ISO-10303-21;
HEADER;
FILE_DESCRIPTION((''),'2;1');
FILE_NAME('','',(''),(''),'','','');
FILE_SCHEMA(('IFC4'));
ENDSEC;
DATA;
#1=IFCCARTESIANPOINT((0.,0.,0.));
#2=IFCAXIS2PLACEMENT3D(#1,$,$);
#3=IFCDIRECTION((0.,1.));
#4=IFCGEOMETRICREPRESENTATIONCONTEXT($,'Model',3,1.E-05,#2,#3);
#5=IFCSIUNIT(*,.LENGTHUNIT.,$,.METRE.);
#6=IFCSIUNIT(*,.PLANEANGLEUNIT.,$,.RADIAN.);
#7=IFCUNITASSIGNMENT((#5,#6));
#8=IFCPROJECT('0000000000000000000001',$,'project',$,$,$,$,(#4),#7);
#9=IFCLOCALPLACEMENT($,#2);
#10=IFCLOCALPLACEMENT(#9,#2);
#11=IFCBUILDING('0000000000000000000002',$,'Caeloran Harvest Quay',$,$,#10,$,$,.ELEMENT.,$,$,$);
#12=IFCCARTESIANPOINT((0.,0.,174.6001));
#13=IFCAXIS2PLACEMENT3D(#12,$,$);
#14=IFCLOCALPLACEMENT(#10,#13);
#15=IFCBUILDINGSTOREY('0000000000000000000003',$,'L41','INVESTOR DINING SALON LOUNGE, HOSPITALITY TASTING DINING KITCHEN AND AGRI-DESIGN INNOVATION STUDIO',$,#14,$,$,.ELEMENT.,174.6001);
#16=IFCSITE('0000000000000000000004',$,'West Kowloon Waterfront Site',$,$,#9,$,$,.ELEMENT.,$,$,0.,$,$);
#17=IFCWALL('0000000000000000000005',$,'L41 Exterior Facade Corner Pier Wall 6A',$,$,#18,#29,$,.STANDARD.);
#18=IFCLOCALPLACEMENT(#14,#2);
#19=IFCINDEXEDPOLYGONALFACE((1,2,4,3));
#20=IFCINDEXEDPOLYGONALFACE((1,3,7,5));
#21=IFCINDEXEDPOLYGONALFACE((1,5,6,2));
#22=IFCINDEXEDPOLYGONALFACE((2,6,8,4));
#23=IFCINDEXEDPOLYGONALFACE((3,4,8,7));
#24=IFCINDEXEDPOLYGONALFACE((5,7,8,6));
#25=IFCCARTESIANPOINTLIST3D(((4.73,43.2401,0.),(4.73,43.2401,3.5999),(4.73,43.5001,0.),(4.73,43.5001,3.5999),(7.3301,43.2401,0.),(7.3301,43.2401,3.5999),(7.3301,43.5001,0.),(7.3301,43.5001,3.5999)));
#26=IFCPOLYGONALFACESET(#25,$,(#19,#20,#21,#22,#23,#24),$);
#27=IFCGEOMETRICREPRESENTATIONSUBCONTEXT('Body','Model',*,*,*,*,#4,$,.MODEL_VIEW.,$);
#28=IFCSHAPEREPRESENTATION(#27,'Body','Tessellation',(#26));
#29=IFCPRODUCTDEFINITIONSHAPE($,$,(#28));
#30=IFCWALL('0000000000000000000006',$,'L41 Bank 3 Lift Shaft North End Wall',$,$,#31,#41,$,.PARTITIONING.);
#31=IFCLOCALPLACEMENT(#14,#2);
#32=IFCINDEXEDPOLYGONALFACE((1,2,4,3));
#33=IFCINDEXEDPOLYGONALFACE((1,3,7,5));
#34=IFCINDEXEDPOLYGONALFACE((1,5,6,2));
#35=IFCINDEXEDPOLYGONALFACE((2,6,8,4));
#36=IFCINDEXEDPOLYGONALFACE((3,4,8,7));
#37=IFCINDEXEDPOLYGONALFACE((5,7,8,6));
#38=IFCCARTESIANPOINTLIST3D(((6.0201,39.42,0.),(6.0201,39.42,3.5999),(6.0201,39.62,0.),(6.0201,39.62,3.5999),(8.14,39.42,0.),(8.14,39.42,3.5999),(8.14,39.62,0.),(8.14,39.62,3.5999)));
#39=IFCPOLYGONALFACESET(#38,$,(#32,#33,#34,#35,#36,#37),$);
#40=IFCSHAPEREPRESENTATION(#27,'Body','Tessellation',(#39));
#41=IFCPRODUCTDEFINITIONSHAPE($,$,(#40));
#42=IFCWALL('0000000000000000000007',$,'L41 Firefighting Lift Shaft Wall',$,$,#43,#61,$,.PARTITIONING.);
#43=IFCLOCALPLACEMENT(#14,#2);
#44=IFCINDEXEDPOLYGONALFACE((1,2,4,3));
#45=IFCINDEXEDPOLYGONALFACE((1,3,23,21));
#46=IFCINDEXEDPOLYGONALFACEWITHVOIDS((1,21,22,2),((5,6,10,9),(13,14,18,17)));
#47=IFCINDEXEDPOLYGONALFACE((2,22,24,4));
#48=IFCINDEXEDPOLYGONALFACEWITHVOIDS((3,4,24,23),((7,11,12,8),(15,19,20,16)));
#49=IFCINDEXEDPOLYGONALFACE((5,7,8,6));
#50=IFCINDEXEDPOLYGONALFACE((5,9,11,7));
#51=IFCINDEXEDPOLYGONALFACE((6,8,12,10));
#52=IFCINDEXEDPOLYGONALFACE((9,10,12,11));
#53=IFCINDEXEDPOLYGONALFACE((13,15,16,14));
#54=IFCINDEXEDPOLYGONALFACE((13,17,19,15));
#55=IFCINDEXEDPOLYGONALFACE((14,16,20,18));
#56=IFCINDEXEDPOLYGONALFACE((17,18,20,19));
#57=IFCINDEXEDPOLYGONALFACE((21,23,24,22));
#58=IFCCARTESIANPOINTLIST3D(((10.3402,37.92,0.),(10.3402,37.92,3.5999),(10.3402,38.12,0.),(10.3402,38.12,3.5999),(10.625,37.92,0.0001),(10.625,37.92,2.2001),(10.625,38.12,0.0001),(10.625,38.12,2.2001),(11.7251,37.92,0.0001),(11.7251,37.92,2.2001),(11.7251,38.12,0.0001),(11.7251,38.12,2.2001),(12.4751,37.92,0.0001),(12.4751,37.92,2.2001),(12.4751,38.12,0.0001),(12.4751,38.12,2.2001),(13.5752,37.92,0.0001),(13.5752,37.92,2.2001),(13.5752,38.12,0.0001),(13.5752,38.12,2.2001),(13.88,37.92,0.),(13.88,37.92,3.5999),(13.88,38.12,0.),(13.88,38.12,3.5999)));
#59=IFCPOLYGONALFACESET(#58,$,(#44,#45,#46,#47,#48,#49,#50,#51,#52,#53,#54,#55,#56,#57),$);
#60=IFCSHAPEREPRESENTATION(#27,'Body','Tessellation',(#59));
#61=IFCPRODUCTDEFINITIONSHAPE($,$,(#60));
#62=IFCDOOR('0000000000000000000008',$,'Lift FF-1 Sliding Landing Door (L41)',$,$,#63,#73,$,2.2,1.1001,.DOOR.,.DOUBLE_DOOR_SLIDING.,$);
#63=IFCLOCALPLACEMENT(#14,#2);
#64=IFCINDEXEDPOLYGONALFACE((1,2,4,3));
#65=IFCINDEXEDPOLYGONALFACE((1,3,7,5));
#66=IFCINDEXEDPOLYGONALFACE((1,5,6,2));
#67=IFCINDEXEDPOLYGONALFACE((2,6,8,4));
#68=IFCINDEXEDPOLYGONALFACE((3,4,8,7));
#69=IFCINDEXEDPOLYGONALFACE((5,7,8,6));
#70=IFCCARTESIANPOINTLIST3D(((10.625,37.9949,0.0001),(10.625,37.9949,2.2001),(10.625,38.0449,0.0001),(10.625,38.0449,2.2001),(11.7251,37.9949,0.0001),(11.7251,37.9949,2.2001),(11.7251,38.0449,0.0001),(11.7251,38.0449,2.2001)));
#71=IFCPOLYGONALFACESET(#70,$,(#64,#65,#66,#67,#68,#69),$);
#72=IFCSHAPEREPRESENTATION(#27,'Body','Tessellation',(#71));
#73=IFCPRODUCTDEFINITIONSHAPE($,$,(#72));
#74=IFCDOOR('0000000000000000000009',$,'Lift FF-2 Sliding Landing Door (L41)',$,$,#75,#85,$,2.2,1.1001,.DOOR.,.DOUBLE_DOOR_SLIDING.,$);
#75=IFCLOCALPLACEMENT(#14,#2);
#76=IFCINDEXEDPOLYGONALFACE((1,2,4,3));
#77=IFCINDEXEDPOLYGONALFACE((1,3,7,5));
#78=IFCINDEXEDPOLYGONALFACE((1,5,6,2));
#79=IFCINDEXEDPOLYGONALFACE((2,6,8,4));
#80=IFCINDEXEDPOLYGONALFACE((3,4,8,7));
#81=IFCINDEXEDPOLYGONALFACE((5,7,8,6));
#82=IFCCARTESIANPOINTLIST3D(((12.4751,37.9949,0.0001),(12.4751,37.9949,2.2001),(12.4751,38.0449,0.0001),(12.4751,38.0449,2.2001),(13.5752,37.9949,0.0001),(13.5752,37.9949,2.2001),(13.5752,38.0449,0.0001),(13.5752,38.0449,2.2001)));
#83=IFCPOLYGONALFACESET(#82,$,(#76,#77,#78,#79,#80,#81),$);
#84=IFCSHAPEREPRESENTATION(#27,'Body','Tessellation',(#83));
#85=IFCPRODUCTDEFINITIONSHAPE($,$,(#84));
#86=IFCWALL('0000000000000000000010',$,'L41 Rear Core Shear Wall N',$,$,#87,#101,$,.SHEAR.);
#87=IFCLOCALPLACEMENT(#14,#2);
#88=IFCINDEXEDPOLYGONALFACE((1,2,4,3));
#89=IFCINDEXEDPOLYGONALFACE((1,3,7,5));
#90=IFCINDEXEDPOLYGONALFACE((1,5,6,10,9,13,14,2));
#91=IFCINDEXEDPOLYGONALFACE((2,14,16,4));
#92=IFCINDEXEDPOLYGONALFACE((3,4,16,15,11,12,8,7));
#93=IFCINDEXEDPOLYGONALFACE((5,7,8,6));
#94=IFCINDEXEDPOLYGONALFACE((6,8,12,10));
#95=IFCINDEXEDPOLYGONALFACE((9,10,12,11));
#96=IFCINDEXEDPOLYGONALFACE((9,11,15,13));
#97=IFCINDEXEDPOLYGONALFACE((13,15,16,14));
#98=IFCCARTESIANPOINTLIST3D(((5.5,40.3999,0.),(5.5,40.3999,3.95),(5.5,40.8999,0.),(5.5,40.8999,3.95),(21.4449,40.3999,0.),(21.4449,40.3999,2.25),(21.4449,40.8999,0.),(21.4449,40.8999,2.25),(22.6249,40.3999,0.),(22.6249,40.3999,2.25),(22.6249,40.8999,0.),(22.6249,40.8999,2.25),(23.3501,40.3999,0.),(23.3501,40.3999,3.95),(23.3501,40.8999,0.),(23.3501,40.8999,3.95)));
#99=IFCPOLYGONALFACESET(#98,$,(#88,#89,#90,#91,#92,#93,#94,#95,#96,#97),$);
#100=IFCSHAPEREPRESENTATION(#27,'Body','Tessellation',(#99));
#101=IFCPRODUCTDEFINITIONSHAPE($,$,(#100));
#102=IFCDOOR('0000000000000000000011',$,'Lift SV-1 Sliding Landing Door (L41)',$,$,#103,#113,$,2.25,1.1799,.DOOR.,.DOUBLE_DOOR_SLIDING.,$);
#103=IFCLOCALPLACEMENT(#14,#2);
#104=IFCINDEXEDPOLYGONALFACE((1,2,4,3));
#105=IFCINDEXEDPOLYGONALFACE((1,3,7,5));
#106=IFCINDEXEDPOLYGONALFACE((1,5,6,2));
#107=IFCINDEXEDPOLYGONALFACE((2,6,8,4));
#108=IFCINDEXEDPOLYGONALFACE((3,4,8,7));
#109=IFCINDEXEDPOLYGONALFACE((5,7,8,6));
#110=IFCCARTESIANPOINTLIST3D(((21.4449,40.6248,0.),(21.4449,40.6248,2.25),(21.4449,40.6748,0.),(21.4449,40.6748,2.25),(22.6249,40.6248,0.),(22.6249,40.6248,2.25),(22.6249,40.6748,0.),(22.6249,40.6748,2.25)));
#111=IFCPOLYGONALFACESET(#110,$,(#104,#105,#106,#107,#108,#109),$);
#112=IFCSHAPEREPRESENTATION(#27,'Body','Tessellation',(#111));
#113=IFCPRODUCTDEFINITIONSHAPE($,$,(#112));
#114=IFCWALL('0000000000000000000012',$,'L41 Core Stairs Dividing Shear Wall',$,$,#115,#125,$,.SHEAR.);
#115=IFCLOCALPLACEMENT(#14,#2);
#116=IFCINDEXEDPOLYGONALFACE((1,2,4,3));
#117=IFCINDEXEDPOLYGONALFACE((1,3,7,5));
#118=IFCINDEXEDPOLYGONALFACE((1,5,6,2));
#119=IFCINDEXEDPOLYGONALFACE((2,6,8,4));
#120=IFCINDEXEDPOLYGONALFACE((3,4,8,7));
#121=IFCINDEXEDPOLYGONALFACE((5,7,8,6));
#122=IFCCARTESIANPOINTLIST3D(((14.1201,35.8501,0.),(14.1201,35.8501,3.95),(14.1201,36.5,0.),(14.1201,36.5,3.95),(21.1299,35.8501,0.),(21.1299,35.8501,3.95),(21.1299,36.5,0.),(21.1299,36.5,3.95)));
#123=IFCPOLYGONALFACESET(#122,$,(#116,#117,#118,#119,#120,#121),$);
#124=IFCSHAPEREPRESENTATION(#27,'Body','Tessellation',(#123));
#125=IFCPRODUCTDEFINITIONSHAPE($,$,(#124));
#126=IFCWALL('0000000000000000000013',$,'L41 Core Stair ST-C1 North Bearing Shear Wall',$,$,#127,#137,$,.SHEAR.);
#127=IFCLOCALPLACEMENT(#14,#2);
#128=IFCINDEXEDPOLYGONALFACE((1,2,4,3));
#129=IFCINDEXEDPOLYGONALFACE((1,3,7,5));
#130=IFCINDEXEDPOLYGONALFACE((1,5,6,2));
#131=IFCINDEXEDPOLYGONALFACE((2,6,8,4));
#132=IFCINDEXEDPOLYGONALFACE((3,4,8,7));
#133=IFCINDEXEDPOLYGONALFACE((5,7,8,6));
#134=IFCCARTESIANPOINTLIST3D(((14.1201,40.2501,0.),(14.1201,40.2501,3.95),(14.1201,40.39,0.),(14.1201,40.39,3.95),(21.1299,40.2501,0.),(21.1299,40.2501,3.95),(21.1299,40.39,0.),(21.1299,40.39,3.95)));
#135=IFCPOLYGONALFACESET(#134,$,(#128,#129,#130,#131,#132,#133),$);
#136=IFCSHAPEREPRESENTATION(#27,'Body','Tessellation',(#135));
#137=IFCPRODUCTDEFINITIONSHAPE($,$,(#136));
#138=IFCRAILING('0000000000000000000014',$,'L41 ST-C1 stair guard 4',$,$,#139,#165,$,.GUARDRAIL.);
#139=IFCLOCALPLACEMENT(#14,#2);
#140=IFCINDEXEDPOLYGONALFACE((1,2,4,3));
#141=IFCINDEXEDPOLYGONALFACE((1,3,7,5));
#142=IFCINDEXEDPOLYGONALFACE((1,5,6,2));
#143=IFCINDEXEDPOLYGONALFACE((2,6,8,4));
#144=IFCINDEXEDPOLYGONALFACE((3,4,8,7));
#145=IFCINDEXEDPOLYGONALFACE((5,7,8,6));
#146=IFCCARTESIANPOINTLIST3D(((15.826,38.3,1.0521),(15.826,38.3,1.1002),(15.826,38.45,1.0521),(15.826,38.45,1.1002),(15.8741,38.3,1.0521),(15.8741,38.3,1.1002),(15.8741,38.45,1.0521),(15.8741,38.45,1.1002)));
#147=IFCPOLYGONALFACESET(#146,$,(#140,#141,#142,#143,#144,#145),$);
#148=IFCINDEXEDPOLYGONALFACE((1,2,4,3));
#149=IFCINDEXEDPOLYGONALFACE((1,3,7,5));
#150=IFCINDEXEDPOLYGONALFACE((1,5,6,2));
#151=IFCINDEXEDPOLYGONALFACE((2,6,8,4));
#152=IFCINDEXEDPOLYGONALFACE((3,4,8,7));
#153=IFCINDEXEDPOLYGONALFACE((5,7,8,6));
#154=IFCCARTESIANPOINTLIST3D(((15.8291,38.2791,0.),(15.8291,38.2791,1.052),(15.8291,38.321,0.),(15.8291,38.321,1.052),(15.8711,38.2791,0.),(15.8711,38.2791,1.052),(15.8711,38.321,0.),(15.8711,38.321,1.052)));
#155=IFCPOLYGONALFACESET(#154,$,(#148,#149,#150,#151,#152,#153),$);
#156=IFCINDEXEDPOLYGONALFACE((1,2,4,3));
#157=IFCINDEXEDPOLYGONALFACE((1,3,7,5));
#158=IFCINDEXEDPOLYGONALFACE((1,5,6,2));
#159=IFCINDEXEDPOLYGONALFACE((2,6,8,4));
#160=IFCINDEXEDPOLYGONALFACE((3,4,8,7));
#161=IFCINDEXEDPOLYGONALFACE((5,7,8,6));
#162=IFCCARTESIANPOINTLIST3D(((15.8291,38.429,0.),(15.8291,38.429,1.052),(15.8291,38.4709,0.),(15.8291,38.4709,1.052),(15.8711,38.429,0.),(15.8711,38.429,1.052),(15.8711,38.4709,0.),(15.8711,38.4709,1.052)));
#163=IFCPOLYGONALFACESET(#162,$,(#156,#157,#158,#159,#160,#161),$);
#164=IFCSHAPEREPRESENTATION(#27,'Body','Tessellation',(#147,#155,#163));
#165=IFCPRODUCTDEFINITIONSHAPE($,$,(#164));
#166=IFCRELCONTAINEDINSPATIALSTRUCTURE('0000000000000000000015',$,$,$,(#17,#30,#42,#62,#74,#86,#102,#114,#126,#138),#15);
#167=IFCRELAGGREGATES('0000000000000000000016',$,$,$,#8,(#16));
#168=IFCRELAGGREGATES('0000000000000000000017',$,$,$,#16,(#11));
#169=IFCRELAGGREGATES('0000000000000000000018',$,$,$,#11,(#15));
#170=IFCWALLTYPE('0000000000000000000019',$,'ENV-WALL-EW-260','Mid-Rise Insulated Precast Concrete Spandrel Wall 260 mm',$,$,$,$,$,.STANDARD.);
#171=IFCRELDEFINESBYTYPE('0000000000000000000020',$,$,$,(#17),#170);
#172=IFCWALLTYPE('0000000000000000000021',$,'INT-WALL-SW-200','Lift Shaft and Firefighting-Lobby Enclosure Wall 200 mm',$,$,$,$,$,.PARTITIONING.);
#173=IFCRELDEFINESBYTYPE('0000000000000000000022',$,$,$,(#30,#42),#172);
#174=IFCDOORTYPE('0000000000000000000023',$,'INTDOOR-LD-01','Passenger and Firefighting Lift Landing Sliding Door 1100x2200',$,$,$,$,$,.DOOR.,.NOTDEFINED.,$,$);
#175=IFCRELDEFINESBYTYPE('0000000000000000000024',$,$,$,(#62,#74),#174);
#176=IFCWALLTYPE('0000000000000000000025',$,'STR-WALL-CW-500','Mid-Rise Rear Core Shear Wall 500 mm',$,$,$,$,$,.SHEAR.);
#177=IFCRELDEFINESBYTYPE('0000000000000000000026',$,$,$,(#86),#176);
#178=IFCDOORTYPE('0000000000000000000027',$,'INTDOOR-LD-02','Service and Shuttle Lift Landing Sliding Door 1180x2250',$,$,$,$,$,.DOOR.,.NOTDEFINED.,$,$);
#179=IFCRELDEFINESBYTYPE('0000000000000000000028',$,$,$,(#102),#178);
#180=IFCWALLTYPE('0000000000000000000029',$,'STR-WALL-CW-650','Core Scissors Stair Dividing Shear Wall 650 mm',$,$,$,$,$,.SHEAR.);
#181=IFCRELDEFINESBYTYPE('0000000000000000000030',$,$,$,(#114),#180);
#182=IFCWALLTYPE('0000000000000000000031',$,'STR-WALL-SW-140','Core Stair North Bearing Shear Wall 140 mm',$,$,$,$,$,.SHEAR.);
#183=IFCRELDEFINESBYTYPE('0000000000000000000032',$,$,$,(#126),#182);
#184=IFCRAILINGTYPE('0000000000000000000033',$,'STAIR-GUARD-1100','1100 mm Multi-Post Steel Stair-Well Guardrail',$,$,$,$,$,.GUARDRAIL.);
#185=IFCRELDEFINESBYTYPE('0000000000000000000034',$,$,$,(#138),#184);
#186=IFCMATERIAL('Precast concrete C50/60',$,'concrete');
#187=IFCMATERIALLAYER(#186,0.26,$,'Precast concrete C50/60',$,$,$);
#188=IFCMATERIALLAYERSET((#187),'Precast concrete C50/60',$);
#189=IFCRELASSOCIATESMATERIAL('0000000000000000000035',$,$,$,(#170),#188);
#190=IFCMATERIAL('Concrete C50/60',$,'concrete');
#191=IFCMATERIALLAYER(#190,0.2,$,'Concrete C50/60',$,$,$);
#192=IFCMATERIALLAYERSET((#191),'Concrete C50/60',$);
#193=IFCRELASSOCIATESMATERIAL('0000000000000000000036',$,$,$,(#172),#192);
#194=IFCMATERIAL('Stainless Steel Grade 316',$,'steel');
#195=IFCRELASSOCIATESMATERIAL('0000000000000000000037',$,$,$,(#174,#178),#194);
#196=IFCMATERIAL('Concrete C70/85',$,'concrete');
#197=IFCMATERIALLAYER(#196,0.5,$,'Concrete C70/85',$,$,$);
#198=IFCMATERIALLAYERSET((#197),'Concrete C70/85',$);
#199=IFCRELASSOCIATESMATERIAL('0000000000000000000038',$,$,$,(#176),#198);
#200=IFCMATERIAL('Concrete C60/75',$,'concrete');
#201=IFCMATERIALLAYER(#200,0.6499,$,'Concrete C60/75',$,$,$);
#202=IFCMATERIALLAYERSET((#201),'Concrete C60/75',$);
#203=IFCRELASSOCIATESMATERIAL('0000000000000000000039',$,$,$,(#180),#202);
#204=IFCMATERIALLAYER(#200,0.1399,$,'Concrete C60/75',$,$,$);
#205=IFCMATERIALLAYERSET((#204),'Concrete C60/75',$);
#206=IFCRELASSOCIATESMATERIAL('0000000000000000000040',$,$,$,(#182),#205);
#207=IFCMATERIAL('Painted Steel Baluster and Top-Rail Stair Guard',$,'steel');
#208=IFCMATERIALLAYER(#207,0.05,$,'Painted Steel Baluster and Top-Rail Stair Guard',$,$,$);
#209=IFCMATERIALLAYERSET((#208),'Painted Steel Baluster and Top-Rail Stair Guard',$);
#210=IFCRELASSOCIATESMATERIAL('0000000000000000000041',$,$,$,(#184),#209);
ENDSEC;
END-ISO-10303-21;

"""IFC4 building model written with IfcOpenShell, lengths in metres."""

from ifc_helpers import new_model, si_unit, direction, frame, frame_2d, origin, origin_2d, place, context, subcontext, project, spatial, rectangle, extrude, material, layer, layer_set, type_object, element, fill, save


model = new_model("IFC4")

# Units and contexts
model_context = context("Model", 3, precision=1e-05, world=origin(), true_north=direction((0.0, 1.0)))
body_context = subcontext(model_context, "Body", "Model", "MODEL_VIEW")
ifc_project = project(units=[si_unit("LENGTHUNIT", "METRE"), si_unit("PLANEANGLEUNIT", "RADIAN")], contexts=[model_context])

# Site, building, storey
site_placement = place(None, origin())
site = spatial("IfcSite", under=ifc_project, at=site_placement, Name="West Kowloon Waterfront Site", CompositionType="ELEMENT", RefElevation=0.0)
building_placement = place(site_placement, origin())
building = spatial("IfcBuilding", under=site, at=building_placement, Name="Caeloran Harvest Quay", CompositionType="ELEMENT")
storey_placement = place(building_placement, frame((0.0, 0.0, 174.6001)))
storey = spatial("IfcBuildingStorey", under=building, at=storey_placement, Name="L41", Description="INVESTOR DINING SALON LOUNGE, HOSPITALITY TASTING DINING KITCHEN AND AGRI-DESIGN INNOVATION STUDIO", CompositionType="ELEMENT", Elevation=174.6001)

# Walls
ifc_material_1 = material(Name="Precast concrete C50/60", Category="concrete")
ifc_layer_1 = layer(ifc_material_1, 0.26, Name="Precast concrete C50/60")
ifc_layer_set_1 = layer_set([ifc_layer_1], Name="Precast concrete C50/60")
wall_type_1 = type_object("IfcWallType", Name="ENV-WALL-EW-260", Description="Mid-Rise Insulated Precast Concrete Spandrel Wall 260 mm", PredefinedType="STANDARD", material=ifc_layer_set_1)
wall_1_placement = place(storey_placement, frame((4.73, 43.3701, 0.0), z_axis=(0.0, 0.0, 1.0), x_axis=(1.0, 0.0, 0.0)))
element("IfcWall", 1, at=wall_1_placement, inside=storey, type_object=wall_type_1, Name="L41 Exterior Facade Corner Pier Wall 6A", PredefinedType="STANDARD", context=body_context, shape_type="SweptSolid", body=[
    extrude(rectangle(XDim=2.6001, YDim=0.26, at=frame_2d((1.3, 0.0))), origin(), (0.0, 0.0, 1.0), 3.5999),
])
ifc_material_2 = material(Name="Concrete C50/60", Category="concrete")
ifc_layer_2 = layer(ifc_material_2, 0.2, Name="Concrete C50/60")
ifc_layer_set_2 = layer_set([ifc_layer_2], Name="Concrete C50/60")
wall_type_2 = type_object("IfcWallType", Name="INT-WALL-SW-200", Description="Lift Shaft and Firefighting-Lobby Enclosure Wall 200 mm", PredefinedType="PARTITIONING", material=ifc_layer_set_2)
wall_2_placement = place(storey_placement, frame((6.02, 39.52, 0.0), z_axis=(0.0, 0.0, 1.0), x_axis=(1.0, 0.0, 0.0)))
element("IfcWall", 2, at=wall_2_placement, inside=storey, type_object=wall_type_2, Name="L41 Bank 3 Lift Shaft North End Wall", PredefinedType="PARTITIONING", context=body_context, shape_type="SweptSolid", body=[
    extrude(rectangle(XDim=2.1199, YDim=0.2, at=frame_2d((1.0601, 0.0))), origin(), (0.0, 0.0, 1.0), 3.5999),
])

# Wall, openings, doors
wall_3_placement = place(storey_placement, frame((10.3401, 38.02, 0.0), z_axis=(0.0, 0.0, 1.0), x_axis=(1.0, 0.0, 0.0)))
wall_3 = element("IfcWall", 3, at=wall_3_placement, inside=storey, type_object=wall_type_2, Name="L41 Firefighting Lift Shaft Wall", PredefinedType="PARTITIONING", context=body_context, shape_type="SweptSolid", body=[
    extrude(rectangle(XDim=3.5398, YDim=0.2, at=frame_2d((1.77, 0.0))), origin(), (0.0, 0.0, 1.0), 3.5999),
])
opening_1_placement = place(wall_3_placement, frame((0.2849, 0.0, 0.0)))
opening_1 = element("IfcOpeningElement", 4, at=opening_1_placement, cuts=wall_3, PredefinedType="OPENING", context=body_context, shape_type="SweptSolid", body=[
    extrude(rectangle(XDim=1.1001, YDim=2.2, at=frame_2d((0.55, 1.1001))), frame((0.0, 0.1099, 0.0), z_axis=(0.0, -1.0, 0.0), x_axis=(1.0, 0.0, 0.0)), (0.0, 0.0, 1.0), 0.22),
])
opening_2_placement = place(wall_3_placement, frame((2.135, 0.0, 0.0)))
opening_2 = element("IfcOpeningElement", 5, at=opening_2_placement, cuts=wall_3, PredefinedType="OPENING", context=body_context, shape_type="SweptSolid", body=[
    extrude(rectangle(XDim=1.1001, YDim=2.2, at=frame_2d((0.55, 1.1001))), frame((0.0, 0.1099, 0.0), z_axis=(0.0, -1.0, 0.0), x_axis=(1.0, 0.0, 0.0)), (0.0, 0.0, 1.0), 0.22),
])
ifc_material_3 = material(Name="Stainless Steel Grade 316", Category="steel")
door_type_1 = type_object("IfcDoorType", Name="INTDOOR-LD-01", Description="Passenger and Firefighting Lift Landing Sliding Door 1100x2200", OperationType="NOTDEFINED", PredefinedType="DOOR", material=ifc_material_3)
door_1_placement = place(opening_1_placement, origin())
door_1 = element("IfcDoor", 6, at=door_1_placement, inside=storey, type_object=door_type_1, Name="Lift FF-1 Sliding Landing Door (L41)", OperationType="DOUBLE_DOOR_SLIDING", OverallHeight=2.2, OverallWidth=1.1001, PredefinedType="DOOR", context=body_context, shape_type="SweptSolid", body=[
    extrude(rectangle(XDim=1.1001, YDim=2.2, at=frame_2d((0.55, 1.1001))), frame((0.0, 0.0249, 0.0), z_axis=(0.0, -1.0, 0.0), x_axis=(1.0, 0.0, 0.0)), (0.0, 0.0, 1.0), 0.05),
])
fill(opening_1, door_1)
door_2_placement = place(opening_2_placement, origin())
door_2 = element("IfcDoor", 7, at=door_2_placement, inside=storey, type_object=door_type_1, Name="Lift FF-2 Sliding Landing Door (L41)", OperationType="DOUBLE_DOOR_SLIDING", OverallHeight=2.2, OverallWidth=1.1001, PredefinedType="DOOR", context=body_context, shape_type="SweptSolid", body=[
    extrude(rectangle(XDim=1.1001, YDim=2.2, at=frame_2d((0.55, 1.1001))), frame((0.0, 0.0249, 0.0), z_axis=(0.0, -1.0, 0.0), x_axis=(1.0, 0.0, 0.0)), (0.0, 0.0, 1.0), 0.05),
])
fill(opening_2, door_2)

# Wall, opening, door
ifc_material_4 = material(Name="Concrete C70/85", Category="concrete")
ifc_layer_3 = layer(ifc_material_4, 0.5, Name="Concrete C70/85")
ifc_layer_set_3 = layer_set([ifc_layer_3], Name="Concrete C70/85")
wall_type_3 = type_object("IfcWallType", Name="STR-WALL-CW-500", Description="Mid-Rise Rear Core Shear Wall 500 mm", PredefinedType="SHEAR", material=ifc_layer_set_3)
wall_4_placement = place(storey_placement, frame((5.5, 40.6499, 0.0), z_axis=(0.0, 0.0, 1.0), x_axis=(1.0, 0.0, 0.0)))
wall_4 = element("IfcWall", 8, at=wall_4_placement, inside=storey, type_object=wall_type_3, Name="L41 Rear Core Shear Wall N", PredefinedType="SHEAR", context=body_context, shape_type="SweptSolid", body=[
    extrude(rectangle(XDim=17.8501, YDim=0.5, at=frame_2d((8.925, 0.0))), origin(), (0.0, 0.0, 1.0), 3.95),
])
opening_3_placement = place(wall_4_placement, frame((15.9451, 0.0, 0.0)))
opening_3 = element("IfcOpeningElement", 9, at=opening_3_placement, cuts=wall_4, PredefinedType="OPENING", context=body_context, shape_type="SweptSolid", body=[
    extrude(rectangle(XDim=1.1799, YDim=2.25, at=frame_2d((0.5898, 1.125))), frame((0.0, 0.26, 0.0), z_axis=(0.0, -1.0, 0.0), x_axis=(1.0, 0.0, 0.0)), (0.0, 0.0, 1.0), 0.52),
])
door_type_2 = type_object("IfcDoorType", Name="INTDOOR-LD-02", Description="Service and Shuttle Lift Landing Sliding Door 1180x2250", OperationType="NOTDEFINED", PredefinedType="DOOR", material=ifc_material_3)
door_3_placement = place(opening_3_placement, origin())
door_3 = element("IfcDoor", 10, at=door_3_placement, inside=storey, type_object=door_type_2, Name="Lift SV-1 Sliding Landing Door (L41)", OperationType="DOUBLE_DOOR_SLIDING", OverallHeight=2.25, OverallWidth=1.1799, PredefinedType="DOOR", context=body_context, shape_type="SweptSolid", body=[
    extrude(rectangle(XDim=1.1799, YDim=2.25, at=frame_2d((0.5898, 1.125))), frame((0.0, 0.0249, 0.0), z_axis=(0.0, -1.0, 0.0), x_axis=(1.0, 0.0, 0.0)), (0.0, 0.0, 1.0), 0.05),
])
fill(opening_3, door_3)

# Walls
ifc_material_5 = material(Name="Concrete C60/75", Category="concrete")
ifc_layer_4 = layer(ifc_material_5, 0.6499, Name="Concrete C60/75")
ifc_layer_set_4 = layer_set([ifc_layer_4], Name="Concrete C60/75")
wall_type_4 = type_object("IfcWallType", Name="STR-WALL-CW-650", Description="Core Scissors Stair Dividing Shear Wall 650 mm", PredefinedType="SHEAR", material=ifc_layer_set_4)
wall_5_placement = place(storey_placement, frame((14.1201, 36.175, 0.0), z_axis=(0.0, 0.0, 1.0), x_axis=(1.0, 0.0, 0.0)))
element("IfcWall", 11, at=wall_5_placement, inside=storey, type_object=wall_type_4, Name="L41 Core Stairs Dividing Shear Wall", PredefinedType="SHEAR", context=body_context, shape_type="SweptSolid", body=[
    extrude(rectangle(XDim=7.0098, YDim=0.6499, at=frame_2d((3.5049, 0.0))), origin(), (0.0, 0.0, 1.0), 3.95),
])
ifc_layer_5 = layer(ifc_material_5, 0.1399, Name="Concrete C60/75")
ifc_layer_set_5 = layer_set([ifc_layer_5], Name="Concrete C60/75")
wall_type_5 = type_object("IfcWallType", Name="STR-WALL-SW-140", Description="Core Stair North Bearing Shear Wall 140 mm", PredefinedType="SHEAR", material=ifc_layer_set_5)
wall_6_placement = place(storey_placement, frame((14.1201, 40.3201, 0.0), z_axis=(0.0, 0.0, 1.0), x_axis=(1.0, 0.0, 0.0)))
element("IfcWall", 12, at=wall_6_placement, inside=storey, type_object=wall_type_5, Name="L41 Core Stair ST-C1 North Bearing Shear Wall", PredefinedType="SHEAR", context=body_context, shape_type="SweptSolid", body=[
    extrude(rectangle(XDim=7.0098, YDim=0.1399, at=frame_2d((3.5049, 0.0))), origin(), (0.0, 0.0, 1.0), 3.95),
])

# Railing
ifc_material_6 = material(Name="Painted Steel Baluster and Top-Rail Stair Guard", Category="steel")
ifc_layer_6 = layer(ifc_material_6, 0.05, Name="Painted Steel Baluster and Top-Rail Stair Guard")
ifc_layer_set_6 = layer_set([ifc_layer_6], Name="Painted Steel Baluster and Top-Rail Stair Guard")
railing_type_1 = type_object("IfcRailingType", Name="STAIR-GUARD-1100", Description="1100 mm Multi-Post Steel Stair-Well Guardrail", PredefinedType="GUARDRAIL", material=ifc_layer_set_6)
railing_1_placement = place(storey_placement, frame((15.8501, 38.3, 0.0)))
element("IfcRailing", 13, at=railing_1_placement, inside=storey, type_object=railing_type_1, Name="L41 ST-C1 stair guard 4", PredefinedType="GUARDRAIL", context=body_context, shape_type="SweptSolid", body=[
    extrude(rectangle(XDim=0.0481, YDim=0.0481, at=origin_2d()), frame((0.0, 0.0, 1.0762), z_axis=(0.0, 1.0, 0.0), x_axis=(-1.0, 0.0, 0.0)), (0.0, 0.0, 1.0), 0.1499),
    extrude(rectangle(XDim=0.042, YDim=0.042, at=origin_2d()), origin(), (0.0, 0.0, 1.0), 1.052),
    extrude(rectangle(XDim=0.042, YDim=0.042, at=origin_2d()), frame((0.0, 0.1499, 0.0)), (0.0, 0.0, 1.0), 1.052),
])

save(model, "model.ifc")
